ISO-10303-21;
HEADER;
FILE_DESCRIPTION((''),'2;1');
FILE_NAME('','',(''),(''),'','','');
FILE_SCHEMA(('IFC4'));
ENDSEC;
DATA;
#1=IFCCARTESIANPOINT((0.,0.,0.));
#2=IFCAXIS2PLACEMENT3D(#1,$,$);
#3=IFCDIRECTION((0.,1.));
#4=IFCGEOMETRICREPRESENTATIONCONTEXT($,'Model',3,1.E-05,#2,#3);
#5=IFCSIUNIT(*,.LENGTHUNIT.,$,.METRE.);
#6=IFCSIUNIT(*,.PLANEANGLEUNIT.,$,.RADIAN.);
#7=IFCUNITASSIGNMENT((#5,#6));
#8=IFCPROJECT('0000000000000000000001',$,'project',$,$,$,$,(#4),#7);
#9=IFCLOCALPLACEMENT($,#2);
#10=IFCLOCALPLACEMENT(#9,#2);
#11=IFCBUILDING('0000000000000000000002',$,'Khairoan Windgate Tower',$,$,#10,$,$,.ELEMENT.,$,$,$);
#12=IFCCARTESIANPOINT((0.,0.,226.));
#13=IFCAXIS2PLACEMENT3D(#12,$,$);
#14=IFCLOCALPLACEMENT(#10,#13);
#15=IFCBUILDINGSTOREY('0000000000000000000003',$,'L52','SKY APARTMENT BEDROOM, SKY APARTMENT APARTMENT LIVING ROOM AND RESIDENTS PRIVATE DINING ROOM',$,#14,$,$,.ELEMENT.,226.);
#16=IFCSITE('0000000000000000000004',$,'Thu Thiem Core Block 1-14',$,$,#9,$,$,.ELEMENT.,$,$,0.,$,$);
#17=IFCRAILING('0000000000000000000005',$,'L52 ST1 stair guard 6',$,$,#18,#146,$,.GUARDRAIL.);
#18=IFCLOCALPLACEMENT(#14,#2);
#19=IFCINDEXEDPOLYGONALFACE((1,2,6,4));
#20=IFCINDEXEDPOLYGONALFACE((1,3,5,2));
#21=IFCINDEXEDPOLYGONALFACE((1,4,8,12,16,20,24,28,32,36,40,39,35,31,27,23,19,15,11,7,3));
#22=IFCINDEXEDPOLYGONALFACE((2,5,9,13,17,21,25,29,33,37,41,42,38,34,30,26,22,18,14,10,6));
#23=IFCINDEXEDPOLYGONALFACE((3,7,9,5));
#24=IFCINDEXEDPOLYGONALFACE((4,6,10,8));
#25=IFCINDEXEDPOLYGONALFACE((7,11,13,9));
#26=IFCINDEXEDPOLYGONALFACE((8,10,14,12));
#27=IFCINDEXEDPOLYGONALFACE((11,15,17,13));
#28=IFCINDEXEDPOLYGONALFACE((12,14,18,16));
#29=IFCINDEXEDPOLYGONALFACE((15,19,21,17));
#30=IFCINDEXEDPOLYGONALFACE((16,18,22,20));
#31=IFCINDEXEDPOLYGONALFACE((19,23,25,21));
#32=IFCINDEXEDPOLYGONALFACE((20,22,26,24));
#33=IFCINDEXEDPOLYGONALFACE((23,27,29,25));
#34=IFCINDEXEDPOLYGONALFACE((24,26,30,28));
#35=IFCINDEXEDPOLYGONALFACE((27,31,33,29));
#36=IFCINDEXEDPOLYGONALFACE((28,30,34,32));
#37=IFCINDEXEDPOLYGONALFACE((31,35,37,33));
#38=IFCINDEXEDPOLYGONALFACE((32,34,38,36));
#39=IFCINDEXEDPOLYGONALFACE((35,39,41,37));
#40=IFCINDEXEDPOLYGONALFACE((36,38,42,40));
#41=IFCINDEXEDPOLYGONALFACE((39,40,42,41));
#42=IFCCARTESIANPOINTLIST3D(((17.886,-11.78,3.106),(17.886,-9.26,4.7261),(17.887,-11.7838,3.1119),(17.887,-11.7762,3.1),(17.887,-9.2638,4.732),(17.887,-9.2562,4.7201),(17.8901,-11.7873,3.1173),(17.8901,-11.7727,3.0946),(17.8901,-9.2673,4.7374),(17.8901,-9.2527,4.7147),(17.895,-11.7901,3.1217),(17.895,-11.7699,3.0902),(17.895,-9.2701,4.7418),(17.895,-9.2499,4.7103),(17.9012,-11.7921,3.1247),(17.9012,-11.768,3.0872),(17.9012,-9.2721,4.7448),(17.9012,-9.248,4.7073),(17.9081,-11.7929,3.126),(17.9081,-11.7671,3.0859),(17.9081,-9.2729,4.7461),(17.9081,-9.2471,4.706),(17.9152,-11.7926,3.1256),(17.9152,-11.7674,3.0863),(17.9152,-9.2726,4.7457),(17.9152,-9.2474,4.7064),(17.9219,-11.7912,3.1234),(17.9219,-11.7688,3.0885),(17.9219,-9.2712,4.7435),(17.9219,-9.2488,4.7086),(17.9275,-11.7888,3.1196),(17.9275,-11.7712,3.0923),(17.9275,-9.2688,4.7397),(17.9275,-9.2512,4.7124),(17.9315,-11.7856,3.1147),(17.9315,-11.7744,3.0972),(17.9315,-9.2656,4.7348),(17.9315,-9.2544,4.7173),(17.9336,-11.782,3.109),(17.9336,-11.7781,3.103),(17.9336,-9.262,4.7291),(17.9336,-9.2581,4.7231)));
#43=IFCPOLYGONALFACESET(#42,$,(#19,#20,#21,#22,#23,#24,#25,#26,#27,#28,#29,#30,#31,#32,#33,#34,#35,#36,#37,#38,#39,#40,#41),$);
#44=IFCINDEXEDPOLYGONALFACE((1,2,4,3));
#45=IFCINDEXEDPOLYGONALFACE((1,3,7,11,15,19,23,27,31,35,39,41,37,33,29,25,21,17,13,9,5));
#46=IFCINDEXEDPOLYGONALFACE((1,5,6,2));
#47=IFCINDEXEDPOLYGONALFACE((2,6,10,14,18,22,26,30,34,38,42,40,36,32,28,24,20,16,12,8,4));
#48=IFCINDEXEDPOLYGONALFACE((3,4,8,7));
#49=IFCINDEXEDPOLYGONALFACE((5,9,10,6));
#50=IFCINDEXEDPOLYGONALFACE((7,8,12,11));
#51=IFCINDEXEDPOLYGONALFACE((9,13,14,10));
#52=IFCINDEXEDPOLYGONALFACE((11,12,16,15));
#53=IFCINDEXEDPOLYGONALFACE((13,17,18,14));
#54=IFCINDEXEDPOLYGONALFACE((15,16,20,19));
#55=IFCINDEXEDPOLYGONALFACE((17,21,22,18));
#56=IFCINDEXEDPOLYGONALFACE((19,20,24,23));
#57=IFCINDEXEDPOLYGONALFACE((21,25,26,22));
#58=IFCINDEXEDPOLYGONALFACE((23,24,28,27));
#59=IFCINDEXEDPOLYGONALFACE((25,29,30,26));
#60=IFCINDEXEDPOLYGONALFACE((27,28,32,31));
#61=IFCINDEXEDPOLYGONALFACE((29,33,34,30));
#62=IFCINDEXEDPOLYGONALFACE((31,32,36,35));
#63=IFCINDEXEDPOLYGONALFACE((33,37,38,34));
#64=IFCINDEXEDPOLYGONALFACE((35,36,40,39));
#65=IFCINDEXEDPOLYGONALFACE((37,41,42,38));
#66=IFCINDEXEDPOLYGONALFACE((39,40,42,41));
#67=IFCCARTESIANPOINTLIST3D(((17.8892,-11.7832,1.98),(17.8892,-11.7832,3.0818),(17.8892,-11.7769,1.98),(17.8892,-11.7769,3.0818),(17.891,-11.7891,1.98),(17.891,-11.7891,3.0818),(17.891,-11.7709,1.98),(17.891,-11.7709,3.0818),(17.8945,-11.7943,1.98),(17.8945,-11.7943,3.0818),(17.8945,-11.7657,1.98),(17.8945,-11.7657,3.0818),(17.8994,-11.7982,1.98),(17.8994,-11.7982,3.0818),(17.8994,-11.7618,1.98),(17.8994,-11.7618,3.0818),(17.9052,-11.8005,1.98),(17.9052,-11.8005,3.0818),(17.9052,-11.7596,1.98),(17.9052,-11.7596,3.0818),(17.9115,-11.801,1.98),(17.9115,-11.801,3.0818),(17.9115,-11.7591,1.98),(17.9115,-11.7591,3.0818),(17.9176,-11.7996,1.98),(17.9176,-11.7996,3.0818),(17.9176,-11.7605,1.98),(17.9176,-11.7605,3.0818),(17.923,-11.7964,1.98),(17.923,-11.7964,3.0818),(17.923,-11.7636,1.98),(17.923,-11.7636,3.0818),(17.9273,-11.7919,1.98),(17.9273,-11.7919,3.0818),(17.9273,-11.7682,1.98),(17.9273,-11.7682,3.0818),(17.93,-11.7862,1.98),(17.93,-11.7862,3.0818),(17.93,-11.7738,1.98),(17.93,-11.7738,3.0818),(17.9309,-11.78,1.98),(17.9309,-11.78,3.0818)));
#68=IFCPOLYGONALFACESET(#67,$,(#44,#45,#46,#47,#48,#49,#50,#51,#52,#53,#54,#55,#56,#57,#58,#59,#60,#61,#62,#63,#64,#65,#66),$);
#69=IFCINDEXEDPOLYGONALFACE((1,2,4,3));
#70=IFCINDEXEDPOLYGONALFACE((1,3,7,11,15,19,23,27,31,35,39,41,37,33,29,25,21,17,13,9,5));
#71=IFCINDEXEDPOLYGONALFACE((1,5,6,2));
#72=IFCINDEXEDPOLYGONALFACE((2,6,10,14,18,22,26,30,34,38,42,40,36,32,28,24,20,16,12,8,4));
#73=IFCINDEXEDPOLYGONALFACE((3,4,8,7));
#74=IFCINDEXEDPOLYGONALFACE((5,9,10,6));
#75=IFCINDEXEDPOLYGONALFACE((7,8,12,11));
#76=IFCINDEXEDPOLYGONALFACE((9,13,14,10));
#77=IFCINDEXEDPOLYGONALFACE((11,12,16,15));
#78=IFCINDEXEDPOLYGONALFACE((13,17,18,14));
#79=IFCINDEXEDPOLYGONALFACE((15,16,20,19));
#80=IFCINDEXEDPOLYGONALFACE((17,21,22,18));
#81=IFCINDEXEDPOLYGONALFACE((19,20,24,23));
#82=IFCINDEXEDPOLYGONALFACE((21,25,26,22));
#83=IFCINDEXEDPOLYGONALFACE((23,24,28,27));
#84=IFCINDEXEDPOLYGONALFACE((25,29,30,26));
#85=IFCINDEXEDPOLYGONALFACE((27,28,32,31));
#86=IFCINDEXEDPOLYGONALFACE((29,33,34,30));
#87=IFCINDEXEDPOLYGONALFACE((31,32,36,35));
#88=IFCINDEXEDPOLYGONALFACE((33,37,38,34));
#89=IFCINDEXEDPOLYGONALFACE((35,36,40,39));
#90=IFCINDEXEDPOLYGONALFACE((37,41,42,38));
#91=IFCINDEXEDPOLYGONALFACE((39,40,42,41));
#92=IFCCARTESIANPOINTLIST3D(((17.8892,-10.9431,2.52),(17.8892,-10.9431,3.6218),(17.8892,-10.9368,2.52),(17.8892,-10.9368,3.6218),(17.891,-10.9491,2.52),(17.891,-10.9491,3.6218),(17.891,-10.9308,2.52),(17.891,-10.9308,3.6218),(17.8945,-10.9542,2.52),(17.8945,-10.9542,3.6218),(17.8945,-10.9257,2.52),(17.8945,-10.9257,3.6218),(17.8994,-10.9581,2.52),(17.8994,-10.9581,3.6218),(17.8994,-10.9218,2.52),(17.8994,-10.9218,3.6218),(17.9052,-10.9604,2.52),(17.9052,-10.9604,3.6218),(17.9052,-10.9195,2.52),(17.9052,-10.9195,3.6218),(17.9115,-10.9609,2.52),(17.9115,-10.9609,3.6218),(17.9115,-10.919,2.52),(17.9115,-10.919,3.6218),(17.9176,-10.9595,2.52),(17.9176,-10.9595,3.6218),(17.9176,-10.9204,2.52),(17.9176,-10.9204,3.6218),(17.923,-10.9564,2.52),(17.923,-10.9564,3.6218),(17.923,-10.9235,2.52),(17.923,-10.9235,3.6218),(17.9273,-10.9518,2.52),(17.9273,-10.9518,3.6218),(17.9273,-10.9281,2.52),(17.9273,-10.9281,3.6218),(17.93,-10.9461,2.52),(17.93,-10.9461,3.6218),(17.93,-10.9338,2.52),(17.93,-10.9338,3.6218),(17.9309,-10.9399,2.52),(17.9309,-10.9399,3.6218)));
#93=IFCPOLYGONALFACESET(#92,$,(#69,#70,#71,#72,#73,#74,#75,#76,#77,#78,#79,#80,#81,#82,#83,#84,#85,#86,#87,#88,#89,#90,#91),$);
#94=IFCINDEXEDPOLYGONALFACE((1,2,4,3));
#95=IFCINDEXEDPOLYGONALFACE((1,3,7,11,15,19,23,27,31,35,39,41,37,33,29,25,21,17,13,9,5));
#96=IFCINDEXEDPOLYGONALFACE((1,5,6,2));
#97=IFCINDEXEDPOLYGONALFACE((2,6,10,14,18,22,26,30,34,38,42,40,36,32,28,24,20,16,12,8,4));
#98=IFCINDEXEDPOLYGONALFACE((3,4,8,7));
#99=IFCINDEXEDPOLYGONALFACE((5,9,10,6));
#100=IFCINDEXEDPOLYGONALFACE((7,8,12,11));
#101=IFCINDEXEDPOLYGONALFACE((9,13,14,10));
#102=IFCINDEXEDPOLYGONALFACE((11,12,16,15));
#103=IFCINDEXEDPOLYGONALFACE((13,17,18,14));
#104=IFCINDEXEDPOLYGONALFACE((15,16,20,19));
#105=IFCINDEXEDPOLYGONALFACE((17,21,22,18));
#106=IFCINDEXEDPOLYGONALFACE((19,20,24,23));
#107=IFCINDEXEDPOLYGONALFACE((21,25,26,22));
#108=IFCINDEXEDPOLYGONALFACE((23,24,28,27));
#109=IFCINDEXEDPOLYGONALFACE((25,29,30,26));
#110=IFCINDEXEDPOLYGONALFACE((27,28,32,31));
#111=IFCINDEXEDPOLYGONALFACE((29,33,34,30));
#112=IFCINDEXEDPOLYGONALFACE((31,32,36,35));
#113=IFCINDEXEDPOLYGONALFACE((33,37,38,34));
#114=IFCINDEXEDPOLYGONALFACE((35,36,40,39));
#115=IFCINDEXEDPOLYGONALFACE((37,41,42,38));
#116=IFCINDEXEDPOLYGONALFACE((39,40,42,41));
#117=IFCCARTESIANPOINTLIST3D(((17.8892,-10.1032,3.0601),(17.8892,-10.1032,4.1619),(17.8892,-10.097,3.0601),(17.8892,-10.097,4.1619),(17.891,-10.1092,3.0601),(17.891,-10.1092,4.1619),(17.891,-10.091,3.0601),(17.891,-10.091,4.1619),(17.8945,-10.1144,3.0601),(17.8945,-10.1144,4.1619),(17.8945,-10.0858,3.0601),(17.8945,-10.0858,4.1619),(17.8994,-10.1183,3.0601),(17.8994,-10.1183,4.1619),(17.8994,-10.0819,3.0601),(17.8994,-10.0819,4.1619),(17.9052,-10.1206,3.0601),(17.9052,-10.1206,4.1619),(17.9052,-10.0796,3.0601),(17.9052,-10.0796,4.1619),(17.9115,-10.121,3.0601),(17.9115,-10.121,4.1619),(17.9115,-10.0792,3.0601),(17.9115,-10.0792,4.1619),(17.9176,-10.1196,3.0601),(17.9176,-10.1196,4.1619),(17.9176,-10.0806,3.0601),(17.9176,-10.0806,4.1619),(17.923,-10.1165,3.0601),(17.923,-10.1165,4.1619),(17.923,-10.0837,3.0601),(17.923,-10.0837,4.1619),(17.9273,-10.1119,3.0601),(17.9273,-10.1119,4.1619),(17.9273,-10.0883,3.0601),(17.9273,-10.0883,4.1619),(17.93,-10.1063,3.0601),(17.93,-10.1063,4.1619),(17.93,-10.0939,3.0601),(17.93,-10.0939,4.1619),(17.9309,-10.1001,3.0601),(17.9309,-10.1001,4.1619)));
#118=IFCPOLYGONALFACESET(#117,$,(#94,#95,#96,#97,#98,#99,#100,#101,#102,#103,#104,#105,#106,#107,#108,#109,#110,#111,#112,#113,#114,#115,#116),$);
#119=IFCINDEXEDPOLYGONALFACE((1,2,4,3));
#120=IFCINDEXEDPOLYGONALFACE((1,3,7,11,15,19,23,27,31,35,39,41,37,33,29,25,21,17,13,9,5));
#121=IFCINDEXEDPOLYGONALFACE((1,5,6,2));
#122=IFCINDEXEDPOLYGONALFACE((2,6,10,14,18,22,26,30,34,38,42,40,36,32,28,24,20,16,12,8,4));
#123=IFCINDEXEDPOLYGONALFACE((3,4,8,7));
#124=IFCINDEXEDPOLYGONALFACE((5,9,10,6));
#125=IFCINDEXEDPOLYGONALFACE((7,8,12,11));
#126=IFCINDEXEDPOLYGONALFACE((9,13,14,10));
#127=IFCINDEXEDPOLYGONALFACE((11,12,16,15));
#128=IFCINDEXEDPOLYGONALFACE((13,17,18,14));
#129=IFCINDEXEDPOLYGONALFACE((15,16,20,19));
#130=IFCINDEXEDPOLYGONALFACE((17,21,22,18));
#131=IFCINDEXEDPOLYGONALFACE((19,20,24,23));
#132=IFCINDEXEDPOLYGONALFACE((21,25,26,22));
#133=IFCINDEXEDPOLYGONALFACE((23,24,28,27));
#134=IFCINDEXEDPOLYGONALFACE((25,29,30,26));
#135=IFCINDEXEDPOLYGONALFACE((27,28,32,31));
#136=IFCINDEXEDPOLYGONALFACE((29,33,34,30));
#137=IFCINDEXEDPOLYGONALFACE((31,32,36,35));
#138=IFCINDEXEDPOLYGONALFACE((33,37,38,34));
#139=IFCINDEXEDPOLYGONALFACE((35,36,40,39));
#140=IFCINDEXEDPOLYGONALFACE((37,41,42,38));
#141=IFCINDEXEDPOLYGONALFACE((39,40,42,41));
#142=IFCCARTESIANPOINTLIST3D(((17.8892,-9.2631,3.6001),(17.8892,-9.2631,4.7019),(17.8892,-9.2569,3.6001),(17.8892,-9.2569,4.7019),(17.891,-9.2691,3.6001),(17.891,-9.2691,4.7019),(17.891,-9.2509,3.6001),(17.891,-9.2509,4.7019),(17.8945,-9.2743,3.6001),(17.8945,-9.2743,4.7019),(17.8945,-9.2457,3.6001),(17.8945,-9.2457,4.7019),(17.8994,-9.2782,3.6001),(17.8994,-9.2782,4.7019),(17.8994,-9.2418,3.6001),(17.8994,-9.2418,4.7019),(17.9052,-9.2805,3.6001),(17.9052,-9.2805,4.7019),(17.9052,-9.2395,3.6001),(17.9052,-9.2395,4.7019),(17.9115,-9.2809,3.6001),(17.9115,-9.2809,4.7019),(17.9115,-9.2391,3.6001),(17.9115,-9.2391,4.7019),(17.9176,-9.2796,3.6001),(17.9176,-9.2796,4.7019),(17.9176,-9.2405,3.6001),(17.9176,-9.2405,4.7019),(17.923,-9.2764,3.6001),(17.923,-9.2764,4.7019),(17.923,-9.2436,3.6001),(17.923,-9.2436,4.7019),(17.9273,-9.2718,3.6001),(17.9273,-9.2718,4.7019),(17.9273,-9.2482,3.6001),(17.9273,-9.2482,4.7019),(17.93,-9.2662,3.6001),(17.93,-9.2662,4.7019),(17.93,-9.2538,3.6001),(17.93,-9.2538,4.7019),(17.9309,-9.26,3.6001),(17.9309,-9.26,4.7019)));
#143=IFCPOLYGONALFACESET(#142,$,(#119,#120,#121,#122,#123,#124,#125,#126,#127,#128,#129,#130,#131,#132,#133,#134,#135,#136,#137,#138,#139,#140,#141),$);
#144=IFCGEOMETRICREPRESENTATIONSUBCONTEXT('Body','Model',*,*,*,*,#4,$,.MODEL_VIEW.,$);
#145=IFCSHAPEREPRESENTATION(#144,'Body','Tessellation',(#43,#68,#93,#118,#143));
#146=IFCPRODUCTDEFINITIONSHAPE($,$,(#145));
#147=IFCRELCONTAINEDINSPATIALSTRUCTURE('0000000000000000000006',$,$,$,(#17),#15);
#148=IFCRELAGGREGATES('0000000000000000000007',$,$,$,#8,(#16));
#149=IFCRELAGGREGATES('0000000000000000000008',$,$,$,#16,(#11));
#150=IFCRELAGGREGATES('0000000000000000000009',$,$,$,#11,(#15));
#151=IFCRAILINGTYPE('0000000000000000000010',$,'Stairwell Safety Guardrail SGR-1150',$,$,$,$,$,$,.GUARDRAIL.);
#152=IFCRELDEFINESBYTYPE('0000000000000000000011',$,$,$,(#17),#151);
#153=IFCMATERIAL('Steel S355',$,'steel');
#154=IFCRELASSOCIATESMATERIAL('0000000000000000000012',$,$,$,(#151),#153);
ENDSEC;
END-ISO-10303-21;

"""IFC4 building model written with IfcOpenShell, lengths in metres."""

from ifc_helpers import new_model, si_unit, direction, frame, origin, origin_2d, place, context, subcontext, project, spatial, circle, extrude, material, type_object, element, save


model = new_model("IFC4")

# Units and contexts
model_context = context("Model", 3, precision=1e-05, world=origin(), true_north=direction((0.0, 1.0)))
body_context = subcontext(model_context, "Body", "Model", "MODEL_VIEW")
ifc_project = project(units=[si_unit("LENGTHUNIT", "METRE"), si_unit("PLANEANGLEUNIT", "RADIAN")], contexts=[model_context])

# Site, building, storey
site_placement = place(None, origin())
site = spatial("IfcSite", under=ifc_project, at=site_placement, Name="Thu Thiem Core Block 1-14", CompositionType="ELEMENT", RefElevation=0.0)
building_placement = place(site_placement, origin())
building = spatial("IfcBuilding", under=site, at=building_placement, Name="Khairoan Windgate Tower", CompositionType="ELEMENT")
storey_placement = place(building_placement, frame((0.0, 0.0, 226.0)))
storey = spatial("IfcBuildingStorey", under=building, at=storey_placement, Name="L52", Description="SKY APARTMENT BEDROOM, SKY APARTMENT APARTMENT LIVING ROOM AND RESIDENTS PRIVATE DINING ROOM", CompositionType="ELEMENT", Elevation=226.0)

# Railing
ifc_material_1 = material(Name="Steel S355", Category="steel")
railing_type = type_object("IfcRailingType", Name="Stairwell Safety Guardrail SGR-1150", PredefinedType="GUARDRAIL", material=ifc_material_1)
railing_1_placement = place(storey_placement, frame((17.9099, -11.78, 1.98)))
element("IfcRailing", 1, at=railing_1_placement, inside=storey, type_object=railing_type, Name="L52 ST1 stair guard 6", PredefinedType="GUARDRAIL", context=body_context, shape_type="SweptSolid", body=[
    extrude(circle(Radius=0.0239, at=origin_2d()), frame((0.0, 0.0, 1.126), z_axis=(0.0, 0.841163, 0.540782), x_axis=(-1.0, 0.0, 0.0)), (0.0, 0.0, 1.0), 2.9958),
    extrude(circle(Radius=0.021, at=origin_2d()), origin(), (0.0, 0.0, 1.0), 1.1018),
    extrude(circle(Radius=0.021, at=origin_2d()), frame((0.0, 0.8401, 0.54)), (0.0, 0.0, 1.0), 1.1018),
    extrude(circle(Radius=0.021, at=origin_2d()), frame((0.0, 1.6799, 1.0801)), (0.0, 0.0, 1.0), 1.1018),
    extrude(circle(Radius=0.021, at=origin_2d()), frame((0.0, 2.52, 1.6201)), (0.0, 0.0, 1.0), 1.1018),
])

save(model, "model.ifc")
